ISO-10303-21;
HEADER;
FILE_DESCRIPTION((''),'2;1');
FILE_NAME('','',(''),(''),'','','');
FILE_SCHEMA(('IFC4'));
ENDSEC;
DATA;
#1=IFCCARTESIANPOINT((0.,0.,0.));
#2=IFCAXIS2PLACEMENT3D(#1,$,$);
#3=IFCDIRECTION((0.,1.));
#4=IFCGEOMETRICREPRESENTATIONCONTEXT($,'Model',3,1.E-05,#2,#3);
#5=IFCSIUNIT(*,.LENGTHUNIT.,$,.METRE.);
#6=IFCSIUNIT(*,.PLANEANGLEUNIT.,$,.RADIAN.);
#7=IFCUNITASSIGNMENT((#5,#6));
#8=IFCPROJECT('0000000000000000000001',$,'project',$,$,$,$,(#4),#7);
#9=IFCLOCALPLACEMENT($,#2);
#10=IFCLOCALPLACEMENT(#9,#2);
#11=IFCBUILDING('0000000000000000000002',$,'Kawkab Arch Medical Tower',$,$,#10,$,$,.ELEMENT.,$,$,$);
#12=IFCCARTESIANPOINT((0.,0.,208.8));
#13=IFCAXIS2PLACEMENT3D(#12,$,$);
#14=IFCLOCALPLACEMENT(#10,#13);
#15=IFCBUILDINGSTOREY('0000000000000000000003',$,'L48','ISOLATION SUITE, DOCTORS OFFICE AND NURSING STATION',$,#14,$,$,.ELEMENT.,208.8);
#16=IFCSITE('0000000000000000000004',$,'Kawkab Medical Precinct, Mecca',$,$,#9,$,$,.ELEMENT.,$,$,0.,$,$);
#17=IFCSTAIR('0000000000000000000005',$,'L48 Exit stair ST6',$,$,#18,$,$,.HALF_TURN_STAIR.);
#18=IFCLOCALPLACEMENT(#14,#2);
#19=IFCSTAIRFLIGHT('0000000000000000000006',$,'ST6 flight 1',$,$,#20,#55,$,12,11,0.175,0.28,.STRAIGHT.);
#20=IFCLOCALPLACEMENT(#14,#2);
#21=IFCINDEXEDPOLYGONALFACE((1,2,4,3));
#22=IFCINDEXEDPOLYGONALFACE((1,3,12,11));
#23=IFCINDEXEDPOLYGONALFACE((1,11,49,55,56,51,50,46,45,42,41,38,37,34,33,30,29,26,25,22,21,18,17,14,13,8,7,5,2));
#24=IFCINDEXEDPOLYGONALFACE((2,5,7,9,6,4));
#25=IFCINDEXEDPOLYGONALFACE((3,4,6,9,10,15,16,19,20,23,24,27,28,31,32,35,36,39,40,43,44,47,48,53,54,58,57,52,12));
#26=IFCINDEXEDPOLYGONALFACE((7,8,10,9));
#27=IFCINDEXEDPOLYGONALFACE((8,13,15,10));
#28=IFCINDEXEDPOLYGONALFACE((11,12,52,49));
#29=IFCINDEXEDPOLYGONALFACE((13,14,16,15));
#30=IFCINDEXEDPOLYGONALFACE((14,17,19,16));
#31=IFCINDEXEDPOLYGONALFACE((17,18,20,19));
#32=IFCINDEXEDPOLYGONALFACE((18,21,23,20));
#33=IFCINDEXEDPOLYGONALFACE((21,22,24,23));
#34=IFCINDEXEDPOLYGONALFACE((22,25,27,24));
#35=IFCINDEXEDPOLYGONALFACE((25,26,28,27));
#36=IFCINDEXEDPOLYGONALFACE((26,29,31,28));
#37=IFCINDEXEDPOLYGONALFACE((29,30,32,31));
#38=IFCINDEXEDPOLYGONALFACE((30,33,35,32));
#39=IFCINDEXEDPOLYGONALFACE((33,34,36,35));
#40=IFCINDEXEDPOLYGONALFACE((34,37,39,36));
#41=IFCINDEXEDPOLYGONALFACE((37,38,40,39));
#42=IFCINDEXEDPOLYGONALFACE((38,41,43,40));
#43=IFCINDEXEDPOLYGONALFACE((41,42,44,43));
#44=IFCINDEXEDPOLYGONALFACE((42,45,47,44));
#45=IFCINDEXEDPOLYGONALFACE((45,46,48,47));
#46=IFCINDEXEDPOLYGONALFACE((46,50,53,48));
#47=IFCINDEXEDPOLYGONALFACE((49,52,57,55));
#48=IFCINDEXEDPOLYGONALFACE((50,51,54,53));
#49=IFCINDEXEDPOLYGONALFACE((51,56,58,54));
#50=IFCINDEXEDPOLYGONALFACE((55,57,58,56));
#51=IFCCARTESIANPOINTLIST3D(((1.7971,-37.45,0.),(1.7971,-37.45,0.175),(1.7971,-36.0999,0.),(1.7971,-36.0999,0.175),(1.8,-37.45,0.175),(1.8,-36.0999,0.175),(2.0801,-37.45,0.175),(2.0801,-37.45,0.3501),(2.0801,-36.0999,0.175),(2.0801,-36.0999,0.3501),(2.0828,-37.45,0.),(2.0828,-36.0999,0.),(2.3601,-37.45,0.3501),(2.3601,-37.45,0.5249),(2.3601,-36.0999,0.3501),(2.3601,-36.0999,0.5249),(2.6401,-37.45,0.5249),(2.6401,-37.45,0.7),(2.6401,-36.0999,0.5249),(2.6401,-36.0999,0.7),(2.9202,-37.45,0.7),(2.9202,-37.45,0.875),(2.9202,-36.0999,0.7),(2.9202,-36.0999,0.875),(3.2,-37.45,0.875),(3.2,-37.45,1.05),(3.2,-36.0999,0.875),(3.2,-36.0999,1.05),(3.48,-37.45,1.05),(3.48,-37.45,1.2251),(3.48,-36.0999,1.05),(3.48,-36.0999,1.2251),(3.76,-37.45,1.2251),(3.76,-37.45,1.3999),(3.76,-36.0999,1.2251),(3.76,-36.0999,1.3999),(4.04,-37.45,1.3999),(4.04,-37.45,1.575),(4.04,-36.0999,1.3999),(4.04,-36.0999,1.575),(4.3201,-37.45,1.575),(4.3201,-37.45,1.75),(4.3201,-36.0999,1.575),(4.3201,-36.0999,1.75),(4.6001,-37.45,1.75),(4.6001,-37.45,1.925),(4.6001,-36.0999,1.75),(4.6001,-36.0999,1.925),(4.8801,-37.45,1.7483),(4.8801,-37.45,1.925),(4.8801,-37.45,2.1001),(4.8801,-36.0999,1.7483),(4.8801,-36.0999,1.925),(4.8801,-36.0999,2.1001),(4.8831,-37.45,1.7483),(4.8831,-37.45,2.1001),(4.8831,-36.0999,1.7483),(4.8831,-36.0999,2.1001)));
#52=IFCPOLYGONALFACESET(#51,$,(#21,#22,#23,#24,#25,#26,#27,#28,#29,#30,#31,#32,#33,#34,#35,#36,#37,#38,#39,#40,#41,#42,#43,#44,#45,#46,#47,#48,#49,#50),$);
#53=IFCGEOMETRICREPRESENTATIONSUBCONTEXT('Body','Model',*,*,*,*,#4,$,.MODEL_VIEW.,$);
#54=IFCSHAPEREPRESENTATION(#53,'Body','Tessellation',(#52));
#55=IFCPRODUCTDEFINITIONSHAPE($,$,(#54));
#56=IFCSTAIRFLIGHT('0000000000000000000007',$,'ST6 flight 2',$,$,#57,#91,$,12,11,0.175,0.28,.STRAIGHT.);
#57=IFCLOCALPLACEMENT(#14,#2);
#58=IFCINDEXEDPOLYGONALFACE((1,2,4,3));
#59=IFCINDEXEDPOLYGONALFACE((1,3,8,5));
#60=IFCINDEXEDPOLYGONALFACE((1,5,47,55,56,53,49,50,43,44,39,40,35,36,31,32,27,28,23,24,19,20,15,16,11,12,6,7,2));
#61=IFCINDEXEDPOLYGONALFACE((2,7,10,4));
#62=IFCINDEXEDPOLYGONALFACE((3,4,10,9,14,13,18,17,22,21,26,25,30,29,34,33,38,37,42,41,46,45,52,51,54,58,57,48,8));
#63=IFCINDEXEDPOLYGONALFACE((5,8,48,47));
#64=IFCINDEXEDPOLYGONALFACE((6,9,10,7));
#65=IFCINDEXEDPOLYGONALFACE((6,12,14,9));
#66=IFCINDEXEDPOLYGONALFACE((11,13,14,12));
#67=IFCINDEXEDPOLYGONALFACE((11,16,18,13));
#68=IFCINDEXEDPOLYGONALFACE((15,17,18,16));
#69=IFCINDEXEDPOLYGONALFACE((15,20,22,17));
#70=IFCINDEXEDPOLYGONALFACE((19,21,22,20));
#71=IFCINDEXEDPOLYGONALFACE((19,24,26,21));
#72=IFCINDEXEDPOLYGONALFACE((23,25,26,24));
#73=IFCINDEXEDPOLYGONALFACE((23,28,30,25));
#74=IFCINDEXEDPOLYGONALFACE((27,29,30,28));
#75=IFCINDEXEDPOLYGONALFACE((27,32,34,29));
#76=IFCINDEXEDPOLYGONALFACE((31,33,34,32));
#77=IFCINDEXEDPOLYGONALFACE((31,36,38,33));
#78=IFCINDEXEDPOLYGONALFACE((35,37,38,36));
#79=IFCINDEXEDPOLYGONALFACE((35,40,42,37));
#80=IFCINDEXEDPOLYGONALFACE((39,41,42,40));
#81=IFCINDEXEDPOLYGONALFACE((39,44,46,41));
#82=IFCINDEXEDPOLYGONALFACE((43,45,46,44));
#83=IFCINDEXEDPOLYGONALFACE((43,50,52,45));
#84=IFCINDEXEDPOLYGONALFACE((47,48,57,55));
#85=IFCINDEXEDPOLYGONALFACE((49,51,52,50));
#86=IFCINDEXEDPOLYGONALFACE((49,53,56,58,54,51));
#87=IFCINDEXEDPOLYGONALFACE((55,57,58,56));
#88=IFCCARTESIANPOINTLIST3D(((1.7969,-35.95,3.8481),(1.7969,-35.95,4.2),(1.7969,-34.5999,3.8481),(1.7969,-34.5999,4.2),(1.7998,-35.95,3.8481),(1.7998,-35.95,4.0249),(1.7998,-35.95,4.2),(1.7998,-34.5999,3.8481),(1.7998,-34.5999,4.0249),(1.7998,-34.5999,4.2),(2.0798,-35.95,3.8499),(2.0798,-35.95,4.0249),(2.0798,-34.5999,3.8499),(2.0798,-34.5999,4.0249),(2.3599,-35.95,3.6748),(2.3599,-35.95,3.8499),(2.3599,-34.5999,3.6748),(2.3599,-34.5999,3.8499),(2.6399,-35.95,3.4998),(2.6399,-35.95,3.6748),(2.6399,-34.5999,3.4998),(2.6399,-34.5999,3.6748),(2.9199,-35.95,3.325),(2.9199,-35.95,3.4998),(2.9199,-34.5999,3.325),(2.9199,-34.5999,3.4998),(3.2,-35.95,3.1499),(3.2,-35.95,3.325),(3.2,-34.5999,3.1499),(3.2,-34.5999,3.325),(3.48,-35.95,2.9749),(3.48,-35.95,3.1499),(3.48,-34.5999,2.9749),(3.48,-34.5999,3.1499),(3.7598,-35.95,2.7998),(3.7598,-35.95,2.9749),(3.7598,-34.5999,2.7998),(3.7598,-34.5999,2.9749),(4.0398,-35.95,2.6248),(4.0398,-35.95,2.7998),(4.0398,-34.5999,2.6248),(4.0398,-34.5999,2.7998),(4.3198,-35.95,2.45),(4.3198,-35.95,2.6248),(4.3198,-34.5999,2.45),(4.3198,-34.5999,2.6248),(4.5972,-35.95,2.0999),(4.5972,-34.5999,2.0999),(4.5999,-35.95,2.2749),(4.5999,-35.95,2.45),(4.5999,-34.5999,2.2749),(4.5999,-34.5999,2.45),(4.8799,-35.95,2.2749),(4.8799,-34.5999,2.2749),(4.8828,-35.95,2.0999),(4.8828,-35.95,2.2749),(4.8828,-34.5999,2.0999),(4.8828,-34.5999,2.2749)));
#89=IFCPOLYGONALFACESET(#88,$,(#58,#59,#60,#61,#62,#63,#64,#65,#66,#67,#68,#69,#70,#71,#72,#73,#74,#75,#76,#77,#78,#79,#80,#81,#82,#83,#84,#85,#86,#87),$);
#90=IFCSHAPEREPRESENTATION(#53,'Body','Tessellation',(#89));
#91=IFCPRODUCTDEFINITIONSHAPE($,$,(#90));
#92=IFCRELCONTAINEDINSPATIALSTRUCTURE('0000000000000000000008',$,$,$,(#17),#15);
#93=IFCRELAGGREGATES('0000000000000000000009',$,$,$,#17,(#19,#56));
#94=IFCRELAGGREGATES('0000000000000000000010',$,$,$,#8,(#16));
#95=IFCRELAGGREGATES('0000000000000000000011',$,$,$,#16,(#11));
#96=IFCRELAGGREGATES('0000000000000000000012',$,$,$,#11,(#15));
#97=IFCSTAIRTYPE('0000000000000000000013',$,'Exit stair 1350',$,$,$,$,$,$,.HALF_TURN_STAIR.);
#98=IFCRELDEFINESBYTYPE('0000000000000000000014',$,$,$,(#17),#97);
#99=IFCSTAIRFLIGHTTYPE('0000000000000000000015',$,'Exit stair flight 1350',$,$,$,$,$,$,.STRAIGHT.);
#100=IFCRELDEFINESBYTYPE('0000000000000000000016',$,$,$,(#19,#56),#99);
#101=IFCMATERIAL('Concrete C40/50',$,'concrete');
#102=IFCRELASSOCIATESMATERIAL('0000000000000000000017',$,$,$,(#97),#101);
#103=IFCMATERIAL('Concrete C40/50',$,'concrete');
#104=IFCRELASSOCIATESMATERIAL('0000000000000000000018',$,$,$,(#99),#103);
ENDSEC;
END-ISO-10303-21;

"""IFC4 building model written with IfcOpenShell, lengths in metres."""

from ifc_helpers import new_model, si_unit, direction, frame, origin, place, context, subcontext, project, spatial, polyline, outline, extrude, material, type_object, element, aggregate, save


model = new_model("IFC4")

# Units and contexts
model_context = context("Model", 3, precision=1e-05, world=origin(), true_north=direction((0.0, 1.0)))
body_context = subcontext(model_context, "Body", "Model", "MODEL_VIEW")
ifc_project = project(units=[si_unit("LENGTHUNIT", "METRE"), si_unit("PLANEANGLEUNIT", "RADIAN")], contexts=[model_context])

# Site, building, storey
site_placement = place(None, origin())
site = spatial("IfcSite", under=ifc_project, at=site_placement, Name="Kawkab Medical Precinct, Mecca", CompositionType="ELEMENT", RefElevation=0.0)
building_placement = place(site_placement, origin())
building = spatial("IfcBuilding", under=site, at=building_placement, Name="Kawkab Arch Medical Tower", CompositionType="ELEMENT")
storey_placement = place(building_placement, frame((0.0, 0.0, 208.8)))
storey = spatial("IfcBuildingStorey", under=building, at=storey_placement, Name="L48", Description="ISOLATION SUITE, DOCTORS OFFICE AND NURSING STATION", CompositionType="ELEMENT", Elevation=208.8)

# Shared definitions
ifc_material_1 = material(Name="Concrete C40/50", Category="concrete")
stair_type = type_object("IfcStairType", Name="Exit stair 1350", PredefinedType="HALF_TURN_STAIR", material=ifc_material_1)
placement = place(storey_placement, origin())
ifc_material_2 = material(Name="Concrete C40/50", Category="concrete")
stair_flight_type = type_object("IfcStairFlightType", Name="Exit stair flight 1350", PredefinedType="STRAIGHT", material=ifc_material_2)

# Stair, stair flights
stair_1 = element("IfcStair", 1, at=placement, inside=storey, type_object=stair_type, Name="L48 Exit stair ST6", PredefinedType="HALF_TURN_STAIR")
stair_flight_1_placement = place(storey_placement, frame((1.8, -36.7749, 0.0), z_axis=(0.0, 0.0, 1.0), x_axis=(1.0, 0.0, 0.0)))
stair_flight_1 = element("IfcStairFlight", 2, at=stair_flight_1_placement, type_object=stair_flight_type, Name="ST6 flight 1", NumberOfRisers=12, NumberOfTreads=11, PredefinedType="STRAIGHT", RiserHeight=0.175, TreadLength=0.28, context=body_context, shape_type="SweptSolid", body=[
    extrude(outline(polyline([(-0.0029, 0.0), (-0.0029, 0.175), (0.0, 0.175), (0.28, 0.175), (0.28, 0.3501), (0.5601, 0.3501), (0.5601, 0.5249), (0.8401, 0.5249), (0.8401, 0.7), (1.1201, 0.7), (1.1201, 0.875), (1.3999, 0.875), (1.3999, 1.05), (1.6799, 1.05), (1.6799, 1.2251), (1.96, 1.2251), (1.96, 1.3999), (2.24, 1.3999), (2.24, 1.575), (2.52, 1.575), (2.52, 1.75), (2.8, 1.75), (2.8, 1.925), (3.0801, 1.925), (3.0801, 2.1001), (3.083, 2.1001), (3.083, 1.7483), (3.0801, 1.7483), (0.2827, 0.0), (-0.0029, 0.0)])), frame((0.0, 0.675, 0.0), z_axis=(0.0, -1.0, 0.0), x_axis=(1.0, 0.0, 0.0)), (0.0, 0.0, 1.0), 1.3501),
])
stair_flight_2_placement = place(storey_placement, frame((4.8799, -35.2749, 2.0999), z_axis=(0.0, 0.0, 1.0), x_axis=(-1.0, 0.0, 0.0)))
stair_flight_2 = element("IfcStairFlight", 3, at=stair_flight_2_placement, type_object=stair_flight_type, Name="ST6 flight 2", NumberOfRisers=12, NumberOfTreads=11, PredefinedType="STRAIGHT", RiserHeight=0.175, TreadLength=0.28, context=body_context, shape_type="SweptSolid", body=[
    extrude(outline(polyline([(-0.0029, 0.0), (-0.0029, 0.175), (0.0, 0.175), (0.28, 0.175), (0.28, 0.3501), (0.5601, 0.3501), (0.5601, 0.5249), (0.8401, 0.5249), (0.8401, 0.7), (1.1201, 0.7), (1.1201, 0.875), (1.3999, 0.875), (1.3999, 1.05), (1.6799, 1.05), (1.6799, 1.2251), (1.96, 1.2251), (1.96, 1.3999), (2.24, 1.3999), (2.24, 1.575), (2.52, 1.575), (2.52, 1.75), (2.8, 1.75), (2.8, 1.925), (3.0801, 1.925), (3.0801, 2.1001), (3.083, 2.1001), (3.083, 1.7483), (3.0801, 1.7483), (0.2827, 0.0), (-0.0029, 0.0)])), frame((0.0, 0.675, 0.0), z_axis=(0.0, -1.0, 0.0), x_axis=(1.0, 0.0, 0.0)), (0.0, 0.0, 1.0), 1.3501),
])
aggregate(stair_1, [stair_flight_1, stair_flight_2])

save(model, "model.ifc")
